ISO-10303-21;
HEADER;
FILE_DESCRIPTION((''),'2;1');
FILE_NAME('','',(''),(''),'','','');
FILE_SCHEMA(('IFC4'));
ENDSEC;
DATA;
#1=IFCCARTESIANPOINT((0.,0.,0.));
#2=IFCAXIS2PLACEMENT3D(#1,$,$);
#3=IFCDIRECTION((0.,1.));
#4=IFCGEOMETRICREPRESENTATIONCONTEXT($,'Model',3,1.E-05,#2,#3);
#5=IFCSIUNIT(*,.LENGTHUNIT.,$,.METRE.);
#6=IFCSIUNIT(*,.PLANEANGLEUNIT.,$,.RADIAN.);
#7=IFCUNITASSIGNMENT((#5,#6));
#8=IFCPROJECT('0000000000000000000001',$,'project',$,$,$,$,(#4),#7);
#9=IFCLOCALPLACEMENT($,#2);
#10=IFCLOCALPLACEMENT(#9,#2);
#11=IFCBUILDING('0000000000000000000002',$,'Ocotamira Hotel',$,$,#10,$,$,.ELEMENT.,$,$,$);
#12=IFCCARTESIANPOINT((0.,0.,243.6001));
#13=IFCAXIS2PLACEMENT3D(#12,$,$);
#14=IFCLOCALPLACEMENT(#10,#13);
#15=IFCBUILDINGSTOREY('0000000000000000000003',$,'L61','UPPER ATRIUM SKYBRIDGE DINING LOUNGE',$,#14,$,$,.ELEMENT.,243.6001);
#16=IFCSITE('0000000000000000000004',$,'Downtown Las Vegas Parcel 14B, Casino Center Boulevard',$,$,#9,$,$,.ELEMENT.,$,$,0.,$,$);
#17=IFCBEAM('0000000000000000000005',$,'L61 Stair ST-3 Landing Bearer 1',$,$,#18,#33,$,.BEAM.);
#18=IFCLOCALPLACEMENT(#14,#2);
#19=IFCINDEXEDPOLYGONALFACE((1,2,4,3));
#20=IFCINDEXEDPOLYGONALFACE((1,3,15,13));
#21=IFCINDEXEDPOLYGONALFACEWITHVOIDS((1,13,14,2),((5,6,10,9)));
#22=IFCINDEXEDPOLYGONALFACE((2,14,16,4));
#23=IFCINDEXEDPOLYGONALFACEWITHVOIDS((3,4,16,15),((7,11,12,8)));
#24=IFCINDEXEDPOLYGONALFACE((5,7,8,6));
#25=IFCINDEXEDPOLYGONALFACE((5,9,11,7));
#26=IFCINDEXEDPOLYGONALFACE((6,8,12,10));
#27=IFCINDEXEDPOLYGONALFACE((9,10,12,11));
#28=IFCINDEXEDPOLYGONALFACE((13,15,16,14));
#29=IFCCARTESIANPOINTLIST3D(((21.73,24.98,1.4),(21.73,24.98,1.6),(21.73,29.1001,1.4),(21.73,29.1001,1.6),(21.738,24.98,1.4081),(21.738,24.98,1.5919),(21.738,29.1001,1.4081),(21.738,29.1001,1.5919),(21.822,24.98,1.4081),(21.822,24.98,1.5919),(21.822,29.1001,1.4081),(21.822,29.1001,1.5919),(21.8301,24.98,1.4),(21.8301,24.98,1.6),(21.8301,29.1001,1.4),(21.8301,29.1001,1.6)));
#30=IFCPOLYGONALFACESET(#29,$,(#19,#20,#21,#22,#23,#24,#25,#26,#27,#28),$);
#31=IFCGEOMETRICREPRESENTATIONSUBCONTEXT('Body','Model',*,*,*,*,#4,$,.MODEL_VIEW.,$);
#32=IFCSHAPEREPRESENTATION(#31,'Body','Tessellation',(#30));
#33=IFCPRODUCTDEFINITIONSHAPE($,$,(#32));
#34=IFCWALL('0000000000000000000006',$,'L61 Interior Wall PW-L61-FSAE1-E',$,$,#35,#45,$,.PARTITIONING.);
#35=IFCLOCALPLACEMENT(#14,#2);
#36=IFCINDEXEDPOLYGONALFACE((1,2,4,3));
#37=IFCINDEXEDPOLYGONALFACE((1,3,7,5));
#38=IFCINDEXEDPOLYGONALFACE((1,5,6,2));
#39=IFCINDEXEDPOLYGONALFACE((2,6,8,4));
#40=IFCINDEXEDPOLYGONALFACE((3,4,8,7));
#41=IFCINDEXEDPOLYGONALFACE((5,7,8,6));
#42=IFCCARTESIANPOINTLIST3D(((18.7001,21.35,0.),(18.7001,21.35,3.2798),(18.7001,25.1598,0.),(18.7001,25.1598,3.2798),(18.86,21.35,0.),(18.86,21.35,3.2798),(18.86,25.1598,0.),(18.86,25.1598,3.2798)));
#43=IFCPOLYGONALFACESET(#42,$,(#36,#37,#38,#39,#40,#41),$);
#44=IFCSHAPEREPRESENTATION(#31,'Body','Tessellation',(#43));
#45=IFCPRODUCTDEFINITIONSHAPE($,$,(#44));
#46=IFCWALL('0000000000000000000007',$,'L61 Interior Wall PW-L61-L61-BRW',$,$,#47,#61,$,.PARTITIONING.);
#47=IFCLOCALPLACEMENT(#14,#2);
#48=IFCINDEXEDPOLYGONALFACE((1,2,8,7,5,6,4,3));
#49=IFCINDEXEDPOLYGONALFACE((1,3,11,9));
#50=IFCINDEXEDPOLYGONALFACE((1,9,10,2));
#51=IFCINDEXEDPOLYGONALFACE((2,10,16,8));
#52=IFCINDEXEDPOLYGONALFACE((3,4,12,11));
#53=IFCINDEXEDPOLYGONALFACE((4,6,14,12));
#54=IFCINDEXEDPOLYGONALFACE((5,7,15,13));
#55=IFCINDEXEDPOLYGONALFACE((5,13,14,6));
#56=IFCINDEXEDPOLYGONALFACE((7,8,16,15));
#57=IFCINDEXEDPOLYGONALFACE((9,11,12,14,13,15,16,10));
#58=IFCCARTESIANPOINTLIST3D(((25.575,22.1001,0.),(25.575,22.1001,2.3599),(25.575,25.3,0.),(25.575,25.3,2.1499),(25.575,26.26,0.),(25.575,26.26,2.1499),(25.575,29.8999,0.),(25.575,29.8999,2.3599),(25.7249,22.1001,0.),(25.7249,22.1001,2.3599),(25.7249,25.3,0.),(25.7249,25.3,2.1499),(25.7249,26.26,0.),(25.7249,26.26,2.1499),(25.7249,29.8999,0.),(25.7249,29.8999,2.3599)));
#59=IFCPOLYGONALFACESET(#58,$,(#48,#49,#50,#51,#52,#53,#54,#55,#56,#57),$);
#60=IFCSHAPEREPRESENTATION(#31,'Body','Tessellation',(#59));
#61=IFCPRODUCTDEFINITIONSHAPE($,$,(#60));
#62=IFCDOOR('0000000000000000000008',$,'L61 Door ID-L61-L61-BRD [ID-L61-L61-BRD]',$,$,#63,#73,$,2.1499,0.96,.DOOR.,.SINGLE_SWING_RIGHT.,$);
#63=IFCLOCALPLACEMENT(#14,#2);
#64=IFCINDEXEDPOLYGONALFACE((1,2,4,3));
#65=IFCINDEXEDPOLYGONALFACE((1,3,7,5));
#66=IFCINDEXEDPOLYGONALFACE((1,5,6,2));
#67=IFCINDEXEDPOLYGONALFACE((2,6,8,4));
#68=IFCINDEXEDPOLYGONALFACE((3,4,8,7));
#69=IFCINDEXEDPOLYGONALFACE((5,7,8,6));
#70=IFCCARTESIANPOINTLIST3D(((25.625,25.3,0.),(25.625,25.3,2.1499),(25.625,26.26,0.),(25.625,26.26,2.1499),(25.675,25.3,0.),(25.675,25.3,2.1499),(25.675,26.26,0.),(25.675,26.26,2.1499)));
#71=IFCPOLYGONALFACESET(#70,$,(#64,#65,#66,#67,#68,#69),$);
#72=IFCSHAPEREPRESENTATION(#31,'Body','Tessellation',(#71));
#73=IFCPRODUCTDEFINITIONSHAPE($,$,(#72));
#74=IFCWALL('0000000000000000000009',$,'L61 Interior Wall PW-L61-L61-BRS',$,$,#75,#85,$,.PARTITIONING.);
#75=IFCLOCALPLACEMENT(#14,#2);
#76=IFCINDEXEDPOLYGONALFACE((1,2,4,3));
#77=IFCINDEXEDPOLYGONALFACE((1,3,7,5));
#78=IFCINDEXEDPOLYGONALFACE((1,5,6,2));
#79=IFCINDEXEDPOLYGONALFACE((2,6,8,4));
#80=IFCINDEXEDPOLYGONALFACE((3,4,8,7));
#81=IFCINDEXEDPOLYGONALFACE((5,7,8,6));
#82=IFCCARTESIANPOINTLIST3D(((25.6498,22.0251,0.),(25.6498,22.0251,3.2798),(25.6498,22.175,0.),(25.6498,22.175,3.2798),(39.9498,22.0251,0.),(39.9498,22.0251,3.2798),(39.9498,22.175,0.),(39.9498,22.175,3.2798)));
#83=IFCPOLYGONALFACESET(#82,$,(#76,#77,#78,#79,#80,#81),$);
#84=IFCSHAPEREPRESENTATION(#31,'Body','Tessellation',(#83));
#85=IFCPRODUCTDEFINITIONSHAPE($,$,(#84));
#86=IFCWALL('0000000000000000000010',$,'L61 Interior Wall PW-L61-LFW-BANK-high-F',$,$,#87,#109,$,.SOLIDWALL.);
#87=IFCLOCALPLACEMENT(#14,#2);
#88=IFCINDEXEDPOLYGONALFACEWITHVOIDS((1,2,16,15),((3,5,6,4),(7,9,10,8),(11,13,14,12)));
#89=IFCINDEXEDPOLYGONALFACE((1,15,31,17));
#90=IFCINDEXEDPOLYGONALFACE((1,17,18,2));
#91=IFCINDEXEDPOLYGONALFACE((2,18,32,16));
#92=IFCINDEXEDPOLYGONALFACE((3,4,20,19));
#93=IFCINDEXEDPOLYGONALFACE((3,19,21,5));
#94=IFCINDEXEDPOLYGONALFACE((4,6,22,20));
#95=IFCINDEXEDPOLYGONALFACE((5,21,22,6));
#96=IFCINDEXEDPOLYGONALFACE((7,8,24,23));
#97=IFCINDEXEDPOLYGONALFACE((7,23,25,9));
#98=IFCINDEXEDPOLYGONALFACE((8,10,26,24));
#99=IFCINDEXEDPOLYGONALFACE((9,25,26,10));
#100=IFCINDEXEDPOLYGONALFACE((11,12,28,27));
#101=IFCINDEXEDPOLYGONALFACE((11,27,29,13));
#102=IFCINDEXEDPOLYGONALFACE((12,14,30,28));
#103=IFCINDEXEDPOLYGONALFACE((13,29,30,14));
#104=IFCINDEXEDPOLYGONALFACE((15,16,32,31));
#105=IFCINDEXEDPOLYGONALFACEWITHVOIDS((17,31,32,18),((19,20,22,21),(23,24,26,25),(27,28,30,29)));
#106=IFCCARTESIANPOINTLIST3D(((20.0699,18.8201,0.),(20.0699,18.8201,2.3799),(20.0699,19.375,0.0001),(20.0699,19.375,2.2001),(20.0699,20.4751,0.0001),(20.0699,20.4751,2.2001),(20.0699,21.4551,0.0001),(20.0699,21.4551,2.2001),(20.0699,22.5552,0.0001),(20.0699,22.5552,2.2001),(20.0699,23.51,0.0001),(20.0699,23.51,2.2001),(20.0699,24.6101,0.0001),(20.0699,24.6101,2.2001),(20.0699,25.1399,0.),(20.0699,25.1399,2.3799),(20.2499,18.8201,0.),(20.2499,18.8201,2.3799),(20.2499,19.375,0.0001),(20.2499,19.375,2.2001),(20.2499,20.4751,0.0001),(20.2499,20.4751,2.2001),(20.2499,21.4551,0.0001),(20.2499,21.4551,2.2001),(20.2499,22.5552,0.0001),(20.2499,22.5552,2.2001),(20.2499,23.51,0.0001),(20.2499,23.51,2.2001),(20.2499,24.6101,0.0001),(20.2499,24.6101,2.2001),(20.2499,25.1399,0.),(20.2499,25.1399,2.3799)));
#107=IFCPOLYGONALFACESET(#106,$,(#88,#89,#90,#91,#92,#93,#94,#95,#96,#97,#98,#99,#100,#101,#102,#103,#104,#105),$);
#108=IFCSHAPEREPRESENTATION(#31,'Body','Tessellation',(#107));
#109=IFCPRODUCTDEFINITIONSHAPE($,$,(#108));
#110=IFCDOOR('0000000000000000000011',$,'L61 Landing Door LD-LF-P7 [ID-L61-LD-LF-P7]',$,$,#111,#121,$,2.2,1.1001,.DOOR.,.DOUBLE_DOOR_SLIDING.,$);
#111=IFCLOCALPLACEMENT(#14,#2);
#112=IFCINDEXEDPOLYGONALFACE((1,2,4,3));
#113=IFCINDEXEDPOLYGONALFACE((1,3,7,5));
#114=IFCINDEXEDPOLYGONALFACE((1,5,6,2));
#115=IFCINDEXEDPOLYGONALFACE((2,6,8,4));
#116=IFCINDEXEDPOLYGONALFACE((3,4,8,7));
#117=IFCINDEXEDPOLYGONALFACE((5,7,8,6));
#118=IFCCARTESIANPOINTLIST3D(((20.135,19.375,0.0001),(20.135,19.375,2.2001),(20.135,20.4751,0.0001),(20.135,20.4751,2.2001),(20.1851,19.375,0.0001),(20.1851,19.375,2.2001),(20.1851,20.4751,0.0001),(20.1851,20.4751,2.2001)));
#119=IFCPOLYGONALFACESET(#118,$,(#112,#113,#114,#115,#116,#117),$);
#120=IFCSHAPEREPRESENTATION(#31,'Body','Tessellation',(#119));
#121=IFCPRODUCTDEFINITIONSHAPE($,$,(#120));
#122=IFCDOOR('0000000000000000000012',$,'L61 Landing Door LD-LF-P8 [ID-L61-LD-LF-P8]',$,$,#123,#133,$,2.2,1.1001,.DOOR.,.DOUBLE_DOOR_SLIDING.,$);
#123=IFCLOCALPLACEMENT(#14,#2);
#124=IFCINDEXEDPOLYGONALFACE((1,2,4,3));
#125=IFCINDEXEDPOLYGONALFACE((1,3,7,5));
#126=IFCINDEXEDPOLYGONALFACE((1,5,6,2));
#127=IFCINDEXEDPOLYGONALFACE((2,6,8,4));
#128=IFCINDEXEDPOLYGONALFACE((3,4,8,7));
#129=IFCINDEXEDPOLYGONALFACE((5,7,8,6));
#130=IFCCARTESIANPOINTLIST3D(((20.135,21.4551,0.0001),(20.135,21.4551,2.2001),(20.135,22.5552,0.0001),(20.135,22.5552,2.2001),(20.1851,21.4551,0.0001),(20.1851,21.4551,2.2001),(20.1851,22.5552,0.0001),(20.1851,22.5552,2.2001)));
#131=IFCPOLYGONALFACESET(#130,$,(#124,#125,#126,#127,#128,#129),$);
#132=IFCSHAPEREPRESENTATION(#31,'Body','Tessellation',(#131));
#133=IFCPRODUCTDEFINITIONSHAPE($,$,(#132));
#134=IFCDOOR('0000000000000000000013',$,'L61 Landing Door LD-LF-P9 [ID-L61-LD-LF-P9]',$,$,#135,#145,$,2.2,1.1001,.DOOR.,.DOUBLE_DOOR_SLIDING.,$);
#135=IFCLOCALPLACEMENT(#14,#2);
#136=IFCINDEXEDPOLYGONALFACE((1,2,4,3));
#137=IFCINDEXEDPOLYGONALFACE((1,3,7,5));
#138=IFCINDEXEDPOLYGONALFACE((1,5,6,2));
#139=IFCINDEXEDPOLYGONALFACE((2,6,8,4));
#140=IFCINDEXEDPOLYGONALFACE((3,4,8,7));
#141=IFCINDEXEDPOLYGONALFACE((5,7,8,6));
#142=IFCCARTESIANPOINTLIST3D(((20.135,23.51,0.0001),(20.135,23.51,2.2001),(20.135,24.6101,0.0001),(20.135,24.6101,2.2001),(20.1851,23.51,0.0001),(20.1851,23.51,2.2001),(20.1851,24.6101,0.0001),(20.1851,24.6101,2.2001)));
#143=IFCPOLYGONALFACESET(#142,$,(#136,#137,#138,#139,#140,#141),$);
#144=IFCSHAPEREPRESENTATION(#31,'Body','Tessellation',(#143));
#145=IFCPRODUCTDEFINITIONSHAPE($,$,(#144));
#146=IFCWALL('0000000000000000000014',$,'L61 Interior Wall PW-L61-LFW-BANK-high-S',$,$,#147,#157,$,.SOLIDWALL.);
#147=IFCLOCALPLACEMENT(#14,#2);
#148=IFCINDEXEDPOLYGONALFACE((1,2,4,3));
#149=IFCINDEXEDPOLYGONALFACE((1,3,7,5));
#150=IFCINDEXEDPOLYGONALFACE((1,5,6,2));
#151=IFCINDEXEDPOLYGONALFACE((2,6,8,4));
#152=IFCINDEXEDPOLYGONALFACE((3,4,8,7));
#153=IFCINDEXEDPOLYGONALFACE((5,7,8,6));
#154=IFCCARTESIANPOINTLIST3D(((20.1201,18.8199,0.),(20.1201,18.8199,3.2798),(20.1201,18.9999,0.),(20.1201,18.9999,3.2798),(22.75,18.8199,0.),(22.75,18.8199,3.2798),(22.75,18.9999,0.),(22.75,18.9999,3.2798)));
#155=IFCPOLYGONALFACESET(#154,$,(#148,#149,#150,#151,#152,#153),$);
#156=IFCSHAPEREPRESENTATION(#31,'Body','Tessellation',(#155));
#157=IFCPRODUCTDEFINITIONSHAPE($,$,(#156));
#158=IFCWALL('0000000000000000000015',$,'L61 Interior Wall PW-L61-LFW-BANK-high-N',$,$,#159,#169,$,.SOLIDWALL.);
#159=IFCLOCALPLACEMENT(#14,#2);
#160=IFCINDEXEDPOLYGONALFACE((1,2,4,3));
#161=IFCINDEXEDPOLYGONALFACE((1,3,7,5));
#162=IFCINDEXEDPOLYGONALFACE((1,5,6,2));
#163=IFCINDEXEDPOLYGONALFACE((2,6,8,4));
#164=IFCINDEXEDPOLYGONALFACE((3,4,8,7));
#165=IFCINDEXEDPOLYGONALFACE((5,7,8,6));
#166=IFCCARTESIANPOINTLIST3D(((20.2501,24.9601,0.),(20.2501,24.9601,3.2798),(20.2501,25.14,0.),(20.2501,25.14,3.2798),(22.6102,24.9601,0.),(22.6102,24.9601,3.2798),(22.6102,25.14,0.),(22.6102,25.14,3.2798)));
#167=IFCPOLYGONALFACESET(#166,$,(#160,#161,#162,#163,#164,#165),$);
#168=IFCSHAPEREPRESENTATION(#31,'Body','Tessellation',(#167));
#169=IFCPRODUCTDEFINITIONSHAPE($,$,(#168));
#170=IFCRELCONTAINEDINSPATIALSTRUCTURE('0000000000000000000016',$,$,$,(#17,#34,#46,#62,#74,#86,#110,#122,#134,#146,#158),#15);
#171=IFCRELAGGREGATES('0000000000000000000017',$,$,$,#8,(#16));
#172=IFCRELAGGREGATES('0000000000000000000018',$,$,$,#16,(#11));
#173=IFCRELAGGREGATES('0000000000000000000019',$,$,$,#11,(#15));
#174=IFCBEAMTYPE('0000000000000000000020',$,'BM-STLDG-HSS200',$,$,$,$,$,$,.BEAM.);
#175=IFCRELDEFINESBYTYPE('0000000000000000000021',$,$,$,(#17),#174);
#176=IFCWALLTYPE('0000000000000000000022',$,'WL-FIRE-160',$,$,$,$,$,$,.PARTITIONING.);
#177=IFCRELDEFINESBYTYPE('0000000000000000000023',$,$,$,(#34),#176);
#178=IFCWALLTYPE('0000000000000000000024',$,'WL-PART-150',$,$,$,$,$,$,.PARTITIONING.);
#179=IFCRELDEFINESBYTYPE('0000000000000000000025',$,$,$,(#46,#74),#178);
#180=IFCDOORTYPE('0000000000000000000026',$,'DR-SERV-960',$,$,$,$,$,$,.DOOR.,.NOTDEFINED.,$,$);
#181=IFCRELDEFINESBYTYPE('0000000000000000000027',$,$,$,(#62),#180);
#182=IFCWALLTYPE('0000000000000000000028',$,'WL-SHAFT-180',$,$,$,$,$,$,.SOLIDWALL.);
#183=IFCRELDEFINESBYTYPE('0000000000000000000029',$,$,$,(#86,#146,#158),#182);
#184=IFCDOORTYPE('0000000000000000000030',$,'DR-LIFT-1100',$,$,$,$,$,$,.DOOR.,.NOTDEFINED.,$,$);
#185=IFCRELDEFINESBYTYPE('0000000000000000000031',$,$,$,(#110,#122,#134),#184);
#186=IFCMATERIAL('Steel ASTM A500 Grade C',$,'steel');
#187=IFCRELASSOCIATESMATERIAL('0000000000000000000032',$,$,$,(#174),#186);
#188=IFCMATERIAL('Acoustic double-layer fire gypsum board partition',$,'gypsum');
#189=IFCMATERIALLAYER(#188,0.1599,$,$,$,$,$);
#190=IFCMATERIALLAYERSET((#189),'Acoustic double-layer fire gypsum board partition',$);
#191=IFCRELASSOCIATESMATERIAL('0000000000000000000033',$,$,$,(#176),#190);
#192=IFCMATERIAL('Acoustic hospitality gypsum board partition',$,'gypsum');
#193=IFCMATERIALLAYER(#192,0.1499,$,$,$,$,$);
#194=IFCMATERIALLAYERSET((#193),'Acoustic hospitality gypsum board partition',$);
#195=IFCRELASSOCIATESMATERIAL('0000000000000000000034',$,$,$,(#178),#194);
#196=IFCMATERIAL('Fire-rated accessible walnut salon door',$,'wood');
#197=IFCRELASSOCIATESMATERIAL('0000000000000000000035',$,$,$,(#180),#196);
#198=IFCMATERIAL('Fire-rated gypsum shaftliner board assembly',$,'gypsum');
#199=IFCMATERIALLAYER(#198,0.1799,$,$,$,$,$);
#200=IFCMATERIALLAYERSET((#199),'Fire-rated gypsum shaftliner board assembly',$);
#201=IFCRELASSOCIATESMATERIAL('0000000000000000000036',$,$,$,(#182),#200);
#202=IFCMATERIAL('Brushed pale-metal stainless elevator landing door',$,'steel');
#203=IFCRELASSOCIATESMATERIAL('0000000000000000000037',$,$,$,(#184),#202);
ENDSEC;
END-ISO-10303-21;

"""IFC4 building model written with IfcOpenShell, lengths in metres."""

from ifc_helpers import new_model, si_unit, direction, frame, frame_2d, origin, origin_2d, place, context, subcontext, project, spatial, rectangle, hollow_rectangle, extrude, source, transform, mapped, material, layer, layer_set, material_profile, profile_set, type_object, element, fill, save


model = new_model("IFC4")

# Units and contexts
model_context = context("Model", 3, precision=1e-05, world=origin(), true_north=direction((0.0, 1.0)))
body_context = subcontext(model_context, "Body", "Model", "MODEL_VIEW")
ifc_project = project(units=[si_unit("LENGTHUNIT", "METRE"), si_unit("PLANEANGLEUNIT", "RADIAN")], contexts=[model_context])

# Site, building, storey
site_placement = place(None, origin())
site = spatial("IfcSite", under=ifc_project, at=site_placement, Name="Downtown Las Vegas Parcel 14B, Casino Center Boulevard", CompositionType="ELEMENT", RefElevation=0.0)
building_placement = place(site_placement, origin())
building = spatial("IfcBuilding", under=site, at=building_placement, Name="Ocotamira Hotel", CompositionType="ELEMENT")
storey_placement = place(building_placement, frame((0.0, 0.0, 243.6001)))
storey = spatial("IfcBuildingStorey", under=building, at=storey_placement, Name="L61", Description="UPPER ATRIUM SKYBRIDGE DINING LOUNGE", CompositionType="ELEMENT", Elevation=243.6001)

# Beam
ifc_material_1 = material(Name="Steel ASTM A500 Grade C", Category="steel")
ifc_material_profile = material_profile(ifc_material_1, hollow_rectangle(XDim=0.1001, YDim=0.2, WallThickness=0.0081, at=origin_2d()), Name="HSS200X100X8")
ifc_profile_set = profile_set([ifc_material_profile], Name="Steel ASTM A500 Grade C")
beam_type = type_object("IfcBeamType", Name="BM-STLDG-HSS200", PredefinedType="BEAM", material=ifc_profile_set)
shared_shape_1 = source(origin(), body_context, "Body", "SweptSolid", [
    extrude(hollow_rectangle(XDim=0.1001, YDim=0.2, WallThickness=0.0081, at=origin_2d()), origin(), (0.0, 0.0, 1.0), 4.1201),
])
beam_placement = place(storey_placement, frame((21.78, 24.98, 1.5), z_axis=(0.0, 1.0, 0.0), x_axis=(-1.0, 0.0, 0.0)))
element("IfcBeam", 1, at=beam_placement, inside=storey, type_object=beam_type, Name="L61 Stair ST-3 Landing Bearer 1", PredefinedType="BEAM", context=body_context, shape_type="MappedRepresentation", body=[
    mapped(shared_shape_1, transform((0.0, 0.0, 0.0), scale=1.0)),
])

# Shared definitions
ifc_material_2 = material(Name="Acoustic double-layer fire gypsum board partition", Category="gypsum")
ifc_layer_1 = layer(ifc_material_2, 0.1599)
ifc_layer_set_1 = layer_set([ifc_layer_1], Name="Acoustic double-layer fire gypsum board partition")
wall_type_1 = type_object("IfcWallType", Name="WL-FIRE-160", PredefinedType="PARTITIONING", material=ifc_layer_set_1)

# Wall
wall_1_placement = place(storey_placement, frame((18.78, 21.3501, 0.0), z_axis=(0.0, 0.0, 1.0), x_axis=(0.0, 1.0, 0.0)))
element("IfcWall", 2, at=wall_1_placement, inside=storey, type_object=wall_type_1, Name="L61 Interior Wall PW-L61-FSAE1-E", PredefinedType="PARTITIONING", context=body_context, shape_type="SweptSolid", body=[
    extrude(rectangle(XDim=3.8098, YDim=0.1599, at=frame_2d((1.9048, 0.0))), origin(), (0.0, 0.0, 1.0), 3.2798),
])

# Wall, opening, door
ifc_material_3 = material(Name="Acoustic hospitality gypsum board partition", Category="gypsum")
ifc_layer_2 = layer(ifc_material_3, 0.1499)
ifc_layer_set_2 = layer_set([ifc_layer_2], Name="Acoustic hospitality gypsum board partition")
wall_type_2 = type_object("IfcWallType", Name="WL-PART-150", PredefinedType="PARTITIONING", material=ifc_layer_set_2)
wall_2_placement = place(storey_placement, frame((25.6499, 22.1001, 0.0), z_axis=(0.0, 0.0, 1.0), x_axis=(0.0, 1.0, 0.0)))
wall_2 = element("IfcWall", 3, at=wall_2_placement, inside=storey, type_object=wall_type_2, Name="L61 Interior Wall PW-L61-L61-BRW", PredefinedType="PARTITIONING", context=body_context, shape_type="SweptSolid", body=[
    extrude(rectangle(XDim=7.7998, YDim=0.1499, at=frame_2d((3.8999, 0.0))), origin(), (0.0, 0.0, 1.0), 2.3599),
])
opening_1_placement = place(wall_2_placement, frame((3.2, 0.0, 0.0)))
opening_1 = element("IfcOpeningElement", 4, at=opening_1_placement, cuts=wall_2, PredefinedType="OPENING", context=body_context, shape_type="SweptSolid", body=[
    extrude(rectangle(XDim=0.96, YDim=2.1499, at=frame_2d((0.48, 1.075))), frame((0.0, 0.085, 0.0), z_axis=(0.0, -1.0, 0.0), x_axis=(1.0, 0.0, 0.0)), (0.0, 0.0, 1.0), 0.1699),
])
ifc_material_4 = material(Name="Fire-rated accessible walnut salon door", Category="wood")
door_type_1 = type_object("IfcDoorType", Name="DR-SERV-960", OperationType="NOTDEFINED", PredefinedType="DOOR", material=ifc_material_4)
shared_shape_2 = source(origin(), body_context, "Body", "SweptSolid", [
    extrude(rectangle(XDim=0.96, YDim=2.1499, at=frame_2d((0.48, 1.075))), frame((0.0, 0.0249, 0.0), z_axis=(0.0, -1.0, 0.0), x_axis=(1.0, 0.0, 0.0)), (0.0, 0.0, 1.0), 0.05),
])
door_1_placement = place(opening_1_placement, origin())
door_1 = element("IfcDoor", 5, at=door_1_placement, inside=storey, type_object=door_type_1, Name="L61 Door ID-L61-L61-BRD [ID-L61-L61-BRD]", OperationType="SINGLE_SWING_RIGHT", OverallHeight=2.1499, OverallWidth=0.96, PredefinedType="DOOR", context=body_context, shape_type="MappedRepresentation", body=[
    mapped(shared_shape_2, transform((0.0, 0.0, 0.0), scale=1.0)),
])
fill(opening_1, door_1)

# Wall
wall_3_placement = place(storey_placement, frame((25.6499, 22.1001, 0.0), z_axis=(0.0, 0.0, 1.0), x_axis=(1.0, 0.0, 0.0)))
element("IfcWall", 6, at=wall_3_placement, inside=storey, type_object=wall_type_2, Name="L61 Interior Wall PW-L61-L61-BRS", PredefinedType="PARTITIONING", context=body_context, shape_type="SweptSolid", body=[
    extrude(rectangle(XDim=14.3, YDim=0.1499, at=frame_2d((7.1499, 0.0))), origin(), (0.0, 0.0, 1.0), 3.2798),
])

# Wall, openings, doors
ifc_material_5 = material(Name="Fire-rated gypsum shaftliner board assembly", Category="gypsum")
ifc_layer_3 = layer(ifc_material_5, 0.1799)
ifc_layer_set_3 = layer_set([ifc_layer_3], Name="Fire-rated gypsum shaftliner board assembly")
wall_type_3 = type_object("IfcWallType", Name="WL-SHAFT-180", PredefinedType="SOLIDWALL", material=ifc_layer_set_3)
wall_4_placement = place(storey_placement, frame((20.1599, 18.8201, 0.0), z_axis=(0.0, 0.0, 1.0), x_axis=(0.0, 1.0, 0.0)))
wall_4 = element("IfcWall", 7, at=wall_4_placement, inside=storey, type_object=wall_type_3, Name="L61 Interior Wall PW-L61-LFW-BANK-high-F", PredefinedType="SOLIDWALL", context=body_context, shape_type="SweptSolid", body=[
    extrude(rectangle(XDim=6.3198, YDim=0.1799, at=frame_2d((3.1599, 0.0))), origin(), (0.0, 0.0, 1.0), 2.3799),
])
opening_2_placement = place(wall_4_placement, frame((0.5549, 0.0, 0.0)))
opening_2 = element("IfcOpeningElement", 8, at=opening_2_placement, cuts=wall_4, PredefinedType="OPENING", context=body_context, shape_type="SweptSolid", body=[
    extrude(rectangle(XDim=1.1001, YDim=2.2, at=frame_2d((0.55, 1.1001))), frame((0.0, 0.1001, 0.0), z_axis=(0.0, -1.0, 0.0), x_axis=(1.0, 0.0, 0.0)), (0.0, 0.0, 1.0), 0.2),
])
opening_3_placement = place(wall_4_placement, frame((2.635, 0.0, 0.0)))
opening_3 = element("IfcOpeningElement", 9, at=opening_3_placement, cuts=wall_4, PredefinedType="OPENING", context=body_context, shape_type="SweptSolid", body=[
    extrude(rectangle(XDim=1.1001, YDim=2.2, at=frame_2d((0.55, 1.1001))), frame((0.0, 0.1001, 0.0), z_axis=(0.0, -1.0, 0.0), x_axis=(1.0, 0.0, 0.0)), (0.0, 0.0, 1.0), 0.2),
])
opening_4_placement = place(wall_4_placement, frame((4.6899, 0.0, 0.0)))
opening_4 = element("IfcOpeningElement", 10, at=opening_4_placement, cuts=wall_4, PredefinedType="OPENING", context=body_context, shape_type="SweptSolid", body=[
    extrude(rectangle(XDim=1.1001, YDim=2.2, at=frame_2d((0.55, 1.1001))), frame((0.0, 0.1001, 0.0), z_axis=(0.0, -1.0, 0.0), x_axis=(1.0, 0.0, 0.0)), (0.0, 0.0, 1.0), 0.2),
])
ifc_material_6 = material(Name="Brushed pale-metal stainless elevator landing door", Category="steel")
door_type_2 = type_object("IfcDoorType", Name="DR-LIFT-1100", OperationType="NOTDEFINED", PredefinedType="DOOR", material=ifc_material_6)
shared_shape_3 = source(origin(), body_context, "Body", "SweptSolid", [
    extrude(rectangle(XDim=1.1001, YDim=2.2, at=frame_2d((0.55, 1.1001))), frame((0.0, 0.0249, 0.0), z_axis=(0.0, -1.0, 0.0), x_axis=(1.0, 0.0, 0.0)), (0.0, 0.0, 1.0), 0.05),
])
door_2_placement = place(opening_2_placement, origin())
door_2 = element("IfcDoor", 11, at=door_2_placement, inside=storey, type_object=door_type_2, Name="L61 Landing Door LD-LF-P7 [ID-L61-LD-LF-P7]", OperationType="DOUBLE_DOOR_SLIDING", OverallHeight=2.2, OverallWidth=1.1001, PredefinedType="DOOR", context=body_context, shape_type="MappedRepresentation", body=[
    mapped(shared_shape_3, transform((0.0, 0.0, 0.0), scale=1.0)),
])
fill(opening_2, door_2)
door_3_placement = place(opening_3_placement, origin())
door_3 = element("IfcDoor", 12, at=door_3_placement, inside=storey, type_object=door_type_2, Name="L61 Landing Door LD-LF-P8 [ID-L61-LD-LF-P8]", OperationType="DOUBLE_DOOR_SLIDING", OverallHeight=2.2, OverallWidth=1.1001, PredefinedType="DOOR", context=body_context, shape_type="MappedRepresentation", body=[
    mapped(shared_shape_3, transform((0.0, 0.0, 0.0), scale=1.0)),
])
fill(opening_3, door_3)
door_4_placement = place(opening_4_placement, origin())
door_4 = element("IfcDoor", 13, at=door_4_placement, inside=storey, type_object=door_type_2, Name="L61 Landing Door LD-LF-P9 [ID-L61-LD-LF-P9]", OperationType="DOUBLE_DOOR_SLIDING", OverallHeight=2.2, OverallWidth=1.1001, PredefinedType="DOOR", context=body_context, shape_type="MappedRepresentation", body=[
    mapped(shared_shape_3, transform((0.0, 0.0, 0.0), scale=1.0)),
])
fill(opening_4, door_4)

# Walls
wall_5_placement = place(storey_placement, frame((20.1201, 18.9099, 0.0), z_axis=(0.0, 0.0, 1.0), x_axis=(1.0, 0.0, 0.0)))
element("IfcWall", 14, at=wall_5_placement, inside=storey, type_object=wall_type_3, Name="L61 Interior Wall PW-L61-LFW-BANK-high-S", PredefinedType="SOLIDWALL", context=body_context, shape_type="SweptSolid", body=[
    extrude(rectangle(XDim=2.6299, YDim=0.1799, at=frame_2d((1.3149, 0.0))), origin(), (0.0, 0.0, 1.0), 3.2798),
])
wall_6_placement = place(storey_placement, frame((20.25, 25.05, 0.0), z_axis=(0.0, 0.0, 1.0), x_axis=(1.0, 0.0, 0.0)))
element("IfcWall", 15, at=wall_6_placement, inside=storey, type_object=wall_type_3, Name="L61 Interior Wall PW-L61-LFW-BANK-high-N", PredefinedType="SOLIDWALL", context=body_context, shape_type="SweptSolid", body=[
    extrude(rectangle(XDim=2.3601, YDim=0.1799, at=frame_2d((1.1802, 0.0))), origin(), (0.0, 0.0, 1.0), 3.2798),
])

save(model, "model.ifc")
